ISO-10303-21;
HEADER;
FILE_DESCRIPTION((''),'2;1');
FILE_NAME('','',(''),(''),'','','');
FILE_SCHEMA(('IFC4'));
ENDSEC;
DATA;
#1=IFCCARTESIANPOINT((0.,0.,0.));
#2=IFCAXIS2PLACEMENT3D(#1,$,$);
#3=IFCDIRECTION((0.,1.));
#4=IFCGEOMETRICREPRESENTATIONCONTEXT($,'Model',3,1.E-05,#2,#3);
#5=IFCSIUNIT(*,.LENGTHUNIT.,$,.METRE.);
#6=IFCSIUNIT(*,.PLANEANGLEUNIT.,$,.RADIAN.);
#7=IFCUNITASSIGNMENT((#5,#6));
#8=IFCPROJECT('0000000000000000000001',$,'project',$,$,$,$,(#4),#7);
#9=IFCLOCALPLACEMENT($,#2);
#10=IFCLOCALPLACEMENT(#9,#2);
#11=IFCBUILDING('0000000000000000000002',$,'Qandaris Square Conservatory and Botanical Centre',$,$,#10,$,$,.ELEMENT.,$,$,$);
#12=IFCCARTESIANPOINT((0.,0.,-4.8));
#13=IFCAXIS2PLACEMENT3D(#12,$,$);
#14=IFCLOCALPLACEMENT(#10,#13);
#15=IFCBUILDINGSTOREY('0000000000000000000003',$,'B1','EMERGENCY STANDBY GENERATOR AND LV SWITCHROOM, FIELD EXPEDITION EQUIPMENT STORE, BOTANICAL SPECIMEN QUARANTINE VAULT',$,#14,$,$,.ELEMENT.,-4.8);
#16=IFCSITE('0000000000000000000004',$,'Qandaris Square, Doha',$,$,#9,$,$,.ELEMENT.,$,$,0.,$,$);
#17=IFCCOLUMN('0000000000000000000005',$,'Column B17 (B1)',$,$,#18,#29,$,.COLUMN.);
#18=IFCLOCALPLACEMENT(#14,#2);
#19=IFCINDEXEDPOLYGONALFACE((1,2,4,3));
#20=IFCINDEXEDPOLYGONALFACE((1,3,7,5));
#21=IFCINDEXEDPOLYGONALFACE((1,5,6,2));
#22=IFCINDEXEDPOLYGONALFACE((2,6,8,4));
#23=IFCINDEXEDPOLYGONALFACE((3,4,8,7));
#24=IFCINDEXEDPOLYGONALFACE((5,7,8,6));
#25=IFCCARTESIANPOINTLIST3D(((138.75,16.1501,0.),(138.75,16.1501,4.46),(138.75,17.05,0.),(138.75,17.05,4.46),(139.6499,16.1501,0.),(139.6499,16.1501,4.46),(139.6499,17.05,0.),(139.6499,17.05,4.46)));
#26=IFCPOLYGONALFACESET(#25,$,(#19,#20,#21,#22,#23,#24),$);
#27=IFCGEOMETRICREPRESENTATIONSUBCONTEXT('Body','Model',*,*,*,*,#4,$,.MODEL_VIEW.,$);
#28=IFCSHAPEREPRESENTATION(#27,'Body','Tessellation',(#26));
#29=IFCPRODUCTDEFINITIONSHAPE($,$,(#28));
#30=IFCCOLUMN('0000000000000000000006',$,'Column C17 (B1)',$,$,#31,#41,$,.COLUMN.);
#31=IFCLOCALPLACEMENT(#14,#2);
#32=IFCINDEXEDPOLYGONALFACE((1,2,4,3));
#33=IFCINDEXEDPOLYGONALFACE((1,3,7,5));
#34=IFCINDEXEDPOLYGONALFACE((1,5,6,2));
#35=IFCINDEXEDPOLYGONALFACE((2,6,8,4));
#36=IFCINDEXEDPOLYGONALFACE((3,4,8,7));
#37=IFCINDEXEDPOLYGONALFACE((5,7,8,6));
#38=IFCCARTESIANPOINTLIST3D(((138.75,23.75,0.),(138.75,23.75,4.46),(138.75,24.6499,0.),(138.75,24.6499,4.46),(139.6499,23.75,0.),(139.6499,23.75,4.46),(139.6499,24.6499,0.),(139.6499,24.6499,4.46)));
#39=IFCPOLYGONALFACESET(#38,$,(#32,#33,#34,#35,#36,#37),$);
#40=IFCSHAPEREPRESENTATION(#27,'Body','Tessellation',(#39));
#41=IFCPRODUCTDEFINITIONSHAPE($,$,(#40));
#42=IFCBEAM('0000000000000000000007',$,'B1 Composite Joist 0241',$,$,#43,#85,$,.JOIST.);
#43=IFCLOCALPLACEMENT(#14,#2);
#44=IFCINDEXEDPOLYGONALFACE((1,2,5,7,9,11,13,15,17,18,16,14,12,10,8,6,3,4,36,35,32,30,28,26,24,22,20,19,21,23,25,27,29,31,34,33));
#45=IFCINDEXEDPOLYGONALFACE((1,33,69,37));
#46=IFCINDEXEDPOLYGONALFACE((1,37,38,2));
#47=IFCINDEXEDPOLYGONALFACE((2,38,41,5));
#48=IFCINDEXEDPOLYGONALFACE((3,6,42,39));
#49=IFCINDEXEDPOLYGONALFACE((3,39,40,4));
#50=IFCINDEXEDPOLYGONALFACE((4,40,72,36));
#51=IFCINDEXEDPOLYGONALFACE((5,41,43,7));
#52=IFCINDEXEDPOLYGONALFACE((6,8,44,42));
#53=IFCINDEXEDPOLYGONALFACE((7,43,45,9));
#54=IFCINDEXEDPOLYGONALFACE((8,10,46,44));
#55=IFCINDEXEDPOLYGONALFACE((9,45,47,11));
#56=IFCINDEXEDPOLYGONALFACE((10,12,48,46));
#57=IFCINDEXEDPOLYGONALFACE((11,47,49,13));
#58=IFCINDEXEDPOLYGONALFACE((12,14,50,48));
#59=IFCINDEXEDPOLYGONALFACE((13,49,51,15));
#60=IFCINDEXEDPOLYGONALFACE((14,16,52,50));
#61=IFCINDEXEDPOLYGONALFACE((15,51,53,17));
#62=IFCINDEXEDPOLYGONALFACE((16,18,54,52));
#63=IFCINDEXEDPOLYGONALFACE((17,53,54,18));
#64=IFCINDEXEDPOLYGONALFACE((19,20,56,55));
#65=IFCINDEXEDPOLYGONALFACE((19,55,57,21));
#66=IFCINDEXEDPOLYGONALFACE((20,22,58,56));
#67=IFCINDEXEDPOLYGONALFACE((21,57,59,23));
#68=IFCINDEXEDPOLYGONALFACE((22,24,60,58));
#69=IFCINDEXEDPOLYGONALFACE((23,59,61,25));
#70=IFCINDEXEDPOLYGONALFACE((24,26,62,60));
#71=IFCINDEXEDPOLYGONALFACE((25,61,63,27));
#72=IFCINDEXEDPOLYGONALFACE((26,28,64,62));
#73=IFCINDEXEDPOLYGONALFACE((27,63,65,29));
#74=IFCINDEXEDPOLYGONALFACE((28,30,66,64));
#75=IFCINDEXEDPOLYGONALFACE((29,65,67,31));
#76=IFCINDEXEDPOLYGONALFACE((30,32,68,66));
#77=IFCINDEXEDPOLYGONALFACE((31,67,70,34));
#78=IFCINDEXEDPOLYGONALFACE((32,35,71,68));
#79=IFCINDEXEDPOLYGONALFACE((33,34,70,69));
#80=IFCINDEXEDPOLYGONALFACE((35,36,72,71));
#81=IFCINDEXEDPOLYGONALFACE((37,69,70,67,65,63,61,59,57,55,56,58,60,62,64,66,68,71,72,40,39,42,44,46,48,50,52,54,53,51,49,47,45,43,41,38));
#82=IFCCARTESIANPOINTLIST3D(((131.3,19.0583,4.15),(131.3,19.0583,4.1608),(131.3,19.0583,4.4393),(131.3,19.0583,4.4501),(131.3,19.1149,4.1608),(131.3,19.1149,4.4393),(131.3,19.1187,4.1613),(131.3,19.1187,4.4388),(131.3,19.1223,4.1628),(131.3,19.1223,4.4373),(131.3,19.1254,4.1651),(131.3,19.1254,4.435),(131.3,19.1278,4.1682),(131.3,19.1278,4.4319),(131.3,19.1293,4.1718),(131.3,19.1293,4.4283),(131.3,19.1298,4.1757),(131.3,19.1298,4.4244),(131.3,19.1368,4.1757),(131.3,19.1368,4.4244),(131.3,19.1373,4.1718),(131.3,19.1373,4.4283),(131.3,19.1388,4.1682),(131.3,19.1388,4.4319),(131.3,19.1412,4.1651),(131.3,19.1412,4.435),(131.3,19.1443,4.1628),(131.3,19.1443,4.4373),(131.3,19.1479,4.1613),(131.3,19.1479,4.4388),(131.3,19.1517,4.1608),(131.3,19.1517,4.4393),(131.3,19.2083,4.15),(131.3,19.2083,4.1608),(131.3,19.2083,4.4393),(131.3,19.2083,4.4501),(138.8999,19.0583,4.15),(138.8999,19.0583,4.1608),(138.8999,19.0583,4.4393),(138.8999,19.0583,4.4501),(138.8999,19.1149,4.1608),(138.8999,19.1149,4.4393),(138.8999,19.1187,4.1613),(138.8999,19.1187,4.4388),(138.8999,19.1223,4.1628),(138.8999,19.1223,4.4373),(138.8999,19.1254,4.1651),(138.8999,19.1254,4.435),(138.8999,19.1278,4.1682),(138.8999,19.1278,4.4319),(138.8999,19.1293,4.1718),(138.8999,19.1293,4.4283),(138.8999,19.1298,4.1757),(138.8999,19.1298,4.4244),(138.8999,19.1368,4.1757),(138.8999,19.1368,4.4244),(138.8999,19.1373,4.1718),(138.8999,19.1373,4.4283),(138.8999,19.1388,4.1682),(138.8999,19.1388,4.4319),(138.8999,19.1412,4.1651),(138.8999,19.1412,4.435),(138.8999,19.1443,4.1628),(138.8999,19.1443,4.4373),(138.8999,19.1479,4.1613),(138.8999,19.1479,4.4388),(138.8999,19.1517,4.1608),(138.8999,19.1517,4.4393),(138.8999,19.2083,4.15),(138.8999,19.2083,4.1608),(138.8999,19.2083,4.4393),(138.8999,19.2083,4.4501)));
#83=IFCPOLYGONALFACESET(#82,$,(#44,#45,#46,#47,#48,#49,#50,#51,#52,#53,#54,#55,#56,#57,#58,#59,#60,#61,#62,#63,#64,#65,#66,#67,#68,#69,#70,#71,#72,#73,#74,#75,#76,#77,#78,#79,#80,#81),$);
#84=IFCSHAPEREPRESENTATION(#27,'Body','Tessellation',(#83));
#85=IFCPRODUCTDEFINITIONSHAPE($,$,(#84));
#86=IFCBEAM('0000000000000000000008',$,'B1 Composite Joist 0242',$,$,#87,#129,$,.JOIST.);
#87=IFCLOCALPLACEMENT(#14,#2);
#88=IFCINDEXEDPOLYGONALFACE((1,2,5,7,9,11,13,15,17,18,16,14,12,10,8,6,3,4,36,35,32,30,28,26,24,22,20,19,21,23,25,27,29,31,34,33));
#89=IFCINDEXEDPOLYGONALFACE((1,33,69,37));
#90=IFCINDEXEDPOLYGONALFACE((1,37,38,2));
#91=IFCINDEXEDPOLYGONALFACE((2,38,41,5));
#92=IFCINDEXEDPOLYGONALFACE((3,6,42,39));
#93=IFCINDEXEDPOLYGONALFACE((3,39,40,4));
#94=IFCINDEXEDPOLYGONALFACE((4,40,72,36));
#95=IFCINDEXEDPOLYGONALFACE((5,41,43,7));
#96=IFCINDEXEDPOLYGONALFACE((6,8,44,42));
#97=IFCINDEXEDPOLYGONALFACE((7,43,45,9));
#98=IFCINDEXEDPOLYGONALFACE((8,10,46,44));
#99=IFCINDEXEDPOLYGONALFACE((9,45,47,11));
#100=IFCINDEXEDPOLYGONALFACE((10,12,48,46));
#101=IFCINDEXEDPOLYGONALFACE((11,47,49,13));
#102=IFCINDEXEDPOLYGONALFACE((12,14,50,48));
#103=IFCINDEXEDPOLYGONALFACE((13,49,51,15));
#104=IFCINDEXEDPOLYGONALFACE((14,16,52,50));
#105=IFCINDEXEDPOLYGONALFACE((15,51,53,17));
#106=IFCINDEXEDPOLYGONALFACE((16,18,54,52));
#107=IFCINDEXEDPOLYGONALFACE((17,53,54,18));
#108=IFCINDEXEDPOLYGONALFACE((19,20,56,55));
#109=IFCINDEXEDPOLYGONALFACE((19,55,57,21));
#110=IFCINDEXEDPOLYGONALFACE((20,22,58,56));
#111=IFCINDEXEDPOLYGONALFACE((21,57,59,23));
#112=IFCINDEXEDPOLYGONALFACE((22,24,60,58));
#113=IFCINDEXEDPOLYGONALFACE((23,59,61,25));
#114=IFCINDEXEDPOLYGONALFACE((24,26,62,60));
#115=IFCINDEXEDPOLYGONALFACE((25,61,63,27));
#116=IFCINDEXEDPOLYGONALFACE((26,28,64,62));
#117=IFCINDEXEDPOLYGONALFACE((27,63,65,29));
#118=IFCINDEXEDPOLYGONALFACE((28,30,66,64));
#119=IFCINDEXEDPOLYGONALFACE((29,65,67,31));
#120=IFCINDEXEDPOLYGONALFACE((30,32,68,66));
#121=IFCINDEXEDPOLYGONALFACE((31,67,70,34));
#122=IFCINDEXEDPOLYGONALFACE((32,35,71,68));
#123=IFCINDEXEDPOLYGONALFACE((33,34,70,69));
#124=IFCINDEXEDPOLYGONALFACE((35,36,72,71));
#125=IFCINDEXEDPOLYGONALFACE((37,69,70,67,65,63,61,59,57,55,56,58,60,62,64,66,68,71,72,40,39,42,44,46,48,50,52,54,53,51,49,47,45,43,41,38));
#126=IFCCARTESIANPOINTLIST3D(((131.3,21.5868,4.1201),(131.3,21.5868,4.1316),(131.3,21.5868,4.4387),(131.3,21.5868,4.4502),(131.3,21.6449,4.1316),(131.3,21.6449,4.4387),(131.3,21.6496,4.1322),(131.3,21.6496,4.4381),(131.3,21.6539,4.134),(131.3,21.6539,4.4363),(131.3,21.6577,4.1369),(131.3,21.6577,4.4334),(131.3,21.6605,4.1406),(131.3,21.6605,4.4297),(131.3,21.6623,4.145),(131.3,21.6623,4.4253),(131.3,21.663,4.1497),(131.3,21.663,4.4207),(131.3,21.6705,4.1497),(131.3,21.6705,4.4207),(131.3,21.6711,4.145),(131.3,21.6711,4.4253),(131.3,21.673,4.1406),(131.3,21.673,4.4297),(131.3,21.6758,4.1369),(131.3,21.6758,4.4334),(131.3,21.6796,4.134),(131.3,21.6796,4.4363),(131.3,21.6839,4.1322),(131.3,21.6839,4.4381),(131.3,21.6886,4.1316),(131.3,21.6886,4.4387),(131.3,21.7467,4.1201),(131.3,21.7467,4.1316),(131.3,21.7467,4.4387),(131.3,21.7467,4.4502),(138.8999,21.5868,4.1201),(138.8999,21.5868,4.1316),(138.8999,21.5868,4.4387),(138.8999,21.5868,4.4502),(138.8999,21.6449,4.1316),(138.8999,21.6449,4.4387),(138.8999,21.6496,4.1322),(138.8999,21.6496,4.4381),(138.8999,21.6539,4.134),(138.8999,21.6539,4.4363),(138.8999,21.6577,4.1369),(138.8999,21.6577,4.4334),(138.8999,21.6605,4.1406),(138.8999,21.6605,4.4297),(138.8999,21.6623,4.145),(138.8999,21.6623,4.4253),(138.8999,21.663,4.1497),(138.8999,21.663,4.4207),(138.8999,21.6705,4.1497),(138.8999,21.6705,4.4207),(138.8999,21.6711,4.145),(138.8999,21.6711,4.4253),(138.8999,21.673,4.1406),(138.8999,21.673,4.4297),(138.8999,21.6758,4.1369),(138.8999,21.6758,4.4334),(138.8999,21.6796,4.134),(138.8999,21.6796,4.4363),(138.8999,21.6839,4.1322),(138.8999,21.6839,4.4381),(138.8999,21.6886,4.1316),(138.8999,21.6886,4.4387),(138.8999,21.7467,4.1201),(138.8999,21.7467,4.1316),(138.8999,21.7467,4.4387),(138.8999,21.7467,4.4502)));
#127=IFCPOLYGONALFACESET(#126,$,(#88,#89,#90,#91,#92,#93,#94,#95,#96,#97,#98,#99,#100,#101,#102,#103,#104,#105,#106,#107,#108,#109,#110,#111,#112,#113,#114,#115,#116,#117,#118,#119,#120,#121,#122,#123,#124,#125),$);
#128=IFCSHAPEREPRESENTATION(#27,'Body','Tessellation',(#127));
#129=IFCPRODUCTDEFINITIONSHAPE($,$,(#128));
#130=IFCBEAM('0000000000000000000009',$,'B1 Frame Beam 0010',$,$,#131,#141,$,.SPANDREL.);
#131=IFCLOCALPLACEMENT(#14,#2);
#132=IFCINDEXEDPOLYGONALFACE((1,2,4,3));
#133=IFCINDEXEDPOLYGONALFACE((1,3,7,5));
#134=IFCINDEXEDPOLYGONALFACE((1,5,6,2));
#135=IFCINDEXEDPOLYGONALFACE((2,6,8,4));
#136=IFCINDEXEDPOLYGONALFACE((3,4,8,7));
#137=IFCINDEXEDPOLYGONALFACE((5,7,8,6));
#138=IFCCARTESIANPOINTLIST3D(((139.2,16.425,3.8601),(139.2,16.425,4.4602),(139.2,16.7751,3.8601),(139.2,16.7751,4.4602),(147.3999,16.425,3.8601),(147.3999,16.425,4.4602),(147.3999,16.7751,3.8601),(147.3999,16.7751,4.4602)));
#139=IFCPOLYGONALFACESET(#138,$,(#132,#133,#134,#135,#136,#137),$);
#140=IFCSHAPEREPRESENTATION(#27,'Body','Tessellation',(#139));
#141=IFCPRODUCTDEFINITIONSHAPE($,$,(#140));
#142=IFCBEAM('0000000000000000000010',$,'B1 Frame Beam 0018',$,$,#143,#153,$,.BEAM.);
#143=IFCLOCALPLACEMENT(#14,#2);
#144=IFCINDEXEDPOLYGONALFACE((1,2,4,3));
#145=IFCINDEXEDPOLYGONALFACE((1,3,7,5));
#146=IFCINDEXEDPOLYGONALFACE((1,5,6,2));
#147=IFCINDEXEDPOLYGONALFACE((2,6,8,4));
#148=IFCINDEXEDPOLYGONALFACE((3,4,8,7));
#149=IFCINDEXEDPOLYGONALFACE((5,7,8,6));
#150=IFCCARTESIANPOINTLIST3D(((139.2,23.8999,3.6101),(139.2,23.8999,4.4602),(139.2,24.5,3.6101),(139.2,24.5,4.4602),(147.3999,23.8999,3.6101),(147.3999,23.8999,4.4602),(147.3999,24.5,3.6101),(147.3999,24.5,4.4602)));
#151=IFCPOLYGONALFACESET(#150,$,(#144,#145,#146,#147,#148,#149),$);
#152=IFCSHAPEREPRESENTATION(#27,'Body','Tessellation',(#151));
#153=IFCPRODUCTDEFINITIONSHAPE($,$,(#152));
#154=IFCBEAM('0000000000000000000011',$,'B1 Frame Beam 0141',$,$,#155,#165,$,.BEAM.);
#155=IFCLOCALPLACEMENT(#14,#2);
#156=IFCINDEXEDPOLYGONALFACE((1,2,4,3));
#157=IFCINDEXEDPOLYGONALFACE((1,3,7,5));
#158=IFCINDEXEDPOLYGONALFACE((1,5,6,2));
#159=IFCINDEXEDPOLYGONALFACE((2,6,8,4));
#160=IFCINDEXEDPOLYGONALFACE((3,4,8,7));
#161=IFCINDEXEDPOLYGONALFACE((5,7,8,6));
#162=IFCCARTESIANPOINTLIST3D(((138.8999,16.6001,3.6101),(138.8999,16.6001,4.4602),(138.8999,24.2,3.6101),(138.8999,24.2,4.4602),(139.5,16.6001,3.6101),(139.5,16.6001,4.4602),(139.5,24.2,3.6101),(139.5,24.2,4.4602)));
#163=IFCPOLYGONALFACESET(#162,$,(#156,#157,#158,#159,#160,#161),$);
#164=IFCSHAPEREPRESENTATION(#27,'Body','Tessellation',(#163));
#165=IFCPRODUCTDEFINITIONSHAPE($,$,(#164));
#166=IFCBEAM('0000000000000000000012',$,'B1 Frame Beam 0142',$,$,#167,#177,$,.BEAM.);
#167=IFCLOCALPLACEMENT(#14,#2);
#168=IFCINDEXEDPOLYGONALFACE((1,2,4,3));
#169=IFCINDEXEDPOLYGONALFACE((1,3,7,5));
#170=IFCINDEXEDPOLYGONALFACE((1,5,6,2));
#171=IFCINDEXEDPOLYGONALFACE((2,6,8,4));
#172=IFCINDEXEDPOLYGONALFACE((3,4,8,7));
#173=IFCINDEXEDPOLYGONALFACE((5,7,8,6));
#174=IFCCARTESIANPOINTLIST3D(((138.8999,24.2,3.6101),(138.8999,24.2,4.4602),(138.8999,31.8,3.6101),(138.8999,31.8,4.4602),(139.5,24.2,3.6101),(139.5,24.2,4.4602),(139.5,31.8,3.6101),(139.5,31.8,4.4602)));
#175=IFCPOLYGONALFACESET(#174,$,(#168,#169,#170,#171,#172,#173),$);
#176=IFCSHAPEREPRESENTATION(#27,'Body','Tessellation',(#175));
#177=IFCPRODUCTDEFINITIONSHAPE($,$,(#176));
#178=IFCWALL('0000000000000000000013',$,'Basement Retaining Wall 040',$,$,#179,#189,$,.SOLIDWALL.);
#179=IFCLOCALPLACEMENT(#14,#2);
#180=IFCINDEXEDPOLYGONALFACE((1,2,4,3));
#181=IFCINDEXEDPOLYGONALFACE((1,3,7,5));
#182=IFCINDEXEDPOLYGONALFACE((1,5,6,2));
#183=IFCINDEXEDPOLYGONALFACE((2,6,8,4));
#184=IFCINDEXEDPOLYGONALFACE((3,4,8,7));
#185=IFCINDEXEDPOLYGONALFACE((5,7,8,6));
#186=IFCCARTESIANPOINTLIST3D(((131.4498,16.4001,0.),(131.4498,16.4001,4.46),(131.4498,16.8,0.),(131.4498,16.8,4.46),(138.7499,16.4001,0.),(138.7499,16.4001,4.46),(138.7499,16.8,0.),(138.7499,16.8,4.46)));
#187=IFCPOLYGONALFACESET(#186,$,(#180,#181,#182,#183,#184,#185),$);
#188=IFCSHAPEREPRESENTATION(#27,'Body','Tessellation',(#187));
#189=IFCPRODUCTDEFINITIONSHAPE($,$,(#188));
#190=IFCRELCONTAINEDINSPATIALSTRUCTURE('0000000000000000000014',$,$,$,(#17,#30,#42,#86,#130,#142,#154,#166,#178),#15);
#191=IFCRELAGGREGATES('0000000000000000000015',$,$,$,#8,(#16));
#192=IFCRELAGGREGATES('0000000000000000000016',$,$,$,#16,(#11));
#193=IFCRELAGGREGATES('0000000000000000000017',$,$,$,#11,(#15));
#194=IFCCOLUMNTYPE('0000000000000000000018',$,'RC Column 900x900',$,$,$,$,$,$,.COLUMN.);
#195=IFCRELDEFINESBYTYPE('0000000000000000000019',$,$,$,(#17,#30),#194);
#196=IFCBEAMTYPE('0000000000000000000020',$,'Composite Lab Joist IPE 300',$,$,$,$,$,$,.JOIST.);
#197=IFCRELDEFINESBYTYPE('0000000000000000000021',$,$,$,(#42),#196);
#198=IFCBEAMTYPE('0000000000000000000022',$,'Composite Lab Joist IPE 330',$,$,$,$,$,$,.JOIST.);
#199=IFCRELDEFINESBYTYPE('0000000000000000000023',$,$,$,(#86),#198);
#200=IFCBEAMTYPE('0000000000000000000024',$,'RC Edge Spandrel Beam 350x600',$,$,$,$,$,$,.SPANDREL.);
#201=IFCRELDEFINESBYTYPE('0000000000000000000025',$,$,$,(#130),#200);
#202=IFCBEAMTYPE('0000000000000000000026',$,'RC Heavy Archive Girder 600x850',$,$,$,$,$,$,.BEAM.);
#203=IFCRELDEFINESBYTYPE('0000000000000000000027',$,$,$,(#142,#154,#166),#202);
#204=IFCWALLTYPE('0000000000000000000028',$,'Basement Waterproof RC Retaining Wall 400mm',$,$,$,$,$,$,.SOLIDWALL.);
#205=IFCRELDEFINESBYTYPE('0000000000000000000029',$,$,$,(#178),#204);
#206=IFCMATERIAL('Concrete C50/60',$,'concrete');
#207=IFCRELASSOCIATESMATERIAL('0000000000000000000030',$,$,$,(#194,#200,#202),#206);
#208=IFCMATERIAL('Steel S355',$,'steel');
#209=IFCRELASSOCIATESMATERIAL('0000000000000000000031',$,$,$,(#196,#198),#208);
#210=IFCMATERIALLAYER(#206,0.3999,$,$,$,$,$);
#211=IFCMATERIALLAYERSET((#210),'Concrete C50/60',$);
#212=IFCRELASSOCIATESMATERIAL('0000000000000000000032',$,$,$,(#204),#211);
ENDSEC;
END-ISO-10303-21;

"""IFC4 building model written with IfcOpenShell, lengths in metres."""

from ifc_helpers import new_model, si_unit, direction, frame, frame_2d, origin, origin_2d, place, context, subcontext, project, spatial, rectangle, i_section, extrude, material, layer, layer_set, material_profile, profile_set, type_object, element, save


model = new_model("IFC4")

# Units and contexts
model_context = context("Model", 3, precision=1e-05, world=origin(), true_north=direction((0.0, 1.0)))
body_context = subcontext(model_context, "Body", "Model", "MODEL_VIEW")
ifc_project = project(units=[si_unit("LENGTHUNIT", "METRE"), si_unit("PLANEANGLEUNIT", "RADIAN")], contexts=[model_context])

# Site, building, storey
site_placement = place(None, origin())
site = spatial("IfcSite", under=ifc_project, at=site_placement, Name="Qandaris Square, Doha", CompositionType="ELEMENT", RefElevation=0.0)
building_placement = place(site_placement, origin())
building = spatial("IfcBuilding", under=site, at=building_placement, Name="Qandaris Square Conservatory and Botanical Centre", CompositionType="ELEMENT")
storey_placement = place(building_placement, frame((0.0, 0.0, -4.8)))
storey = spatial("IfcBuildingStorey", under=building, at=storey_placement, Name="B1", Description="EMERGENCY STANDBY GENERATOR AND LV SWITCHROOM, FIELD EXPEDITION EQUIPMENT STORE, BOTANICAL SPECIMEN QUARANTINE VAULT", CompositionType="ELEMENT", Elevation=-4.8)

# Shared definitions
ifc_material_1 = material(Name="Concrete C50/60", Category="concrete")

# Columns
ifc_material_profile_1 = material_profile(ifc_material_1, rectangle(XDim=0.8999, YDim=0.8999, at=origin_2d()), Name="RC-COL 900x900")
ifc_profile_set_1 = profile_set([ifc_material_profile_1], Name="Concrete C50/60")
column_type_1 = type_object("IfcColumnType", Name="RC Column 900x900", PredefinedType="COLUMN", material=ifc_profile_set_1)
for number, where, z_axis, x_axis, name in (
    (1, (139.2, 16.6001, 0.0), (0.0, 0.0, 1.0), (1.0, 0.0, 0.0), "Column B17 (B1)"),
    (2, (139.2, 24.2, 0.0), (0.0, 0.0, 1.0), (1.0, 0.0, 0.0), "Column C17 (B1)"),
):
    element("IfcColumn", number, at=place(storey_placement, frame(where, z_axis=z_axis, x_axis=x_axis)), inside=storey, type_object=column_type_1, Name=name, PredefinedType="COLUMN", context=body_context, shape_type="SweptSolid", body=[
        extrude(rectangle(XDim=0.8999, YDim=0.8999, at=origin_2d()), origin(), (0.0, 0.0, 1.0), 4.46),
    ])

# Beams
ifc_material_2 = material(Name="Steel S355", Category="steel")
ifc_material_profile_2 = material_profile(ifc_material_2, i_section(OverallWidth=0.1499, OverallDepth=0.3, WebThickness=0.0071, FlangeThickness=0.0107, FilletRadius=0.0149, at=origin_2d()), Name="IPE 300")
ifc_profile_set_2 = profile_set([ifc_material_profile_2], Name="Steel S355")
beam_type_1 = type_object("IfcBeamType", Name="Composite Lab Joist IPE 300", PredefinedType="JOIST", material=ifc_profile_set_2)
beam_1_placement = place(storey_placement, frame((131.3, 19.1333, 4.3), z_axis=(1.0, 0.0, 0.0), x_axis=(0.0, 1.0, 0.0)))
element("IfcBeam", 3, at=beam_1_placement, inside=storey, type_object=beam_type_1, Name="B1 Composite Joist 0241", PredefinedType="JOIST", context=body_context, shape_type="SweptSolid", body=[
    extrude(i_section(OverallWidth=0.1499, OverallDepth=0.3, WebThickness=0.0071, FlangeThickness=0.0107, FilletRadius=0.0149, at=origin_2d()), origin(), (0.0, 0.0, 1.0), 7.5999),
])
ifc_material_profile_3 = material_profile(ifc_material_2, i_section(OverallWidth=0.1599, OverallDepth=0.3301, WebThickness=0.0076, FlangeThickness=0.0115, FilletRadius=0.0181, at=origin_2d()), Name="IPE 330")
ifc_profile_set_3 = profile_set([ifc_material_profile_3], Name="Steel S355")
beam_type_2 = type_object("IfcBeamType", Name="Composite Lab Joist IPE 330", PredefinedType="JOIST", material=ifc_profile_set_3)
beam_2_placement = place(storey_placement, frame((131.3, 21.6667, 4.2852), z_axis=(1.0, 0.0, 0.0), x_axis=(0.0, 1.0, 0.0)))
element("IfcBeam", 4, at=beam_2_placement, inside=storey, type_object=beam_type_2, Name="B1 Composite Joist 0242", PredefinedType="JOIST", context=body_context, shape_type="SweptSolid", body=[
    extrude(i_section(OverallWidth=0.1599, OverallDepth=0.3301, WebThickness=0.0076, FlangeThickness=0.0115, FilletRadius=0.0181, at=origin_2d()), origin(), (0.0, 0.0, 1.0), 7.5999),
])
ifc_material_profile_4 = material_profile(ifc_material_1, rectangle(XDim=0.3501, YDim=0.6001, at=origin_2d()), Name="RC-SP 350x600")
ifc_profile_set_4 = profile_set([ifc_material_profile_4], Name="Concrete C50/60")
beam_type_3 = type_object("IfcBeamType", Name="RC Edge Spandrel Beam 350x600", PredefinedType="SPANDREL", material=ifc_profile_set_4)
beam_3_placement = place(storey_placement, frame((139.2, 16.6001, 4.1602), z_axis=(1.0, 0.0, 0.0), x_axis=(0.0, 1.0, 0.0)))
element("IfcBeam", 5, at=beam_3_placement, inside=storey, type_object=beam_type_3, Name="B1 Frame Beam 0010", PredefinedType="SPANDREL", context=body_context, shape_type="SweptSolid", body=[
    extrude(rectangle(XDim=0.3501, YDim=0.6001, at=origin_2d()), origin(), (0.0, 0.0, 1.0), 8.2),
])
ifc_material_profile_5 = material_profile(ifc_material_1, rectangle(XDim=0.6001, YDim=0.8501, at=origin_2d()), Name="RC-BM 600x850")
ifc_profile_set_5 = profile_set([ifc_material_profile_5], Name="Concrete C50/60")
beam_type_4 = type_object("IfcBeamType", Name="RC Heavy Archive Girder 600x850", PredefinedType="BEAM", material=ifc_profile_set_5)
beam_4_placement = place(storey_placement, frame((139.2, 24.2, 4.0352), z_axis=(1.0, 0.0, 0.0), x_axis=(0.0, 1.0, 0.0)))
element("IfcBeam", 6, at=beam_4_placement, inside=storey, type_object=beam_type_4, Name="B1 Frame Beam 0018", PredefinedType="BEAM", context=body_context, shape_type="SweptSolid", body=[
    extrude(rectangle(XDim=0.6001, YDim=0.8501, at=origin_2d()), origin(), (0.0, 0.0, 1.0), 8.2),
])
beam_5_placement = place(storey_placement, frame((139.2, 16.6001, 4.0352), z_axis=(0.0, 1.0, 0.0), x_axis=(-1.0, 0.0, 0.0)))
element("IfcBeam", 7, at=beam_5_placement, inside=storey, type_object=beam_type_4, Name="B1 Frame Beam 0141", PredefinedType="BEAM", context=body_context, shape_type="SweptSolid", body=[
    extrude(rectangle(XDim=0.6001, YDim=0.8501, at=origin_2d()), origin(), (0.0, 0.0, 1.0), 7.5999),
])
beam_6_placement = place(storey_placement, frame((139.2, 24.2, 4.0352), z_axis=(0.0, 1.0, 0.0), x_axis=(-1.0, 0.0, 0.0)))
element("IfcBeam", 8, at=beam_6_placement, inside=storey, type_object=beam_type_4, Name="B1 Frame Beam 0142", PredefinedType="BEAM", context=body_context, shape_type="SweptSolid", body=[
    extrude(rectangle(XDim=0.6001, YDim=0.8501, at=origin_2d()), origin(), (0.0, 0.0, 1.0), 7.6001),
])

# Wall
ifc_layer = layer(ifc_material_1, 0.3999)
ifc_layer_set = layer_set([ifc_layer], Name="Concrete C50/60")
wall_type = type_object("IfcWallType", Name="Basement Waterproof RC Retaining Wall 400mm", PredefinedType="SOLIDWALL", material=ifc_layer_set)
wall_placement = place(storey_placement, frame((131.45, 16.6001, 0.0), z_axis=(0.0, 0.0, 1.0), x_axis=(1.0, 0.0, 0.0)))
element("IfcWall", 9, at=wall_placement, inside=storey, type_object=wall_type, Name="Basement Retaining Wall 040", PredefinedType="SOLIDWALL", context=body_context, shape_type="SweptSolid", body=[
    extrude(rectangle(XDim=7.3, YDim=0.3999, at=frame_2d((3.6499, 0.0))), origin(), (0.0, 0.0, 1.0), 4.46),
])

save(model, "model.ifc")
